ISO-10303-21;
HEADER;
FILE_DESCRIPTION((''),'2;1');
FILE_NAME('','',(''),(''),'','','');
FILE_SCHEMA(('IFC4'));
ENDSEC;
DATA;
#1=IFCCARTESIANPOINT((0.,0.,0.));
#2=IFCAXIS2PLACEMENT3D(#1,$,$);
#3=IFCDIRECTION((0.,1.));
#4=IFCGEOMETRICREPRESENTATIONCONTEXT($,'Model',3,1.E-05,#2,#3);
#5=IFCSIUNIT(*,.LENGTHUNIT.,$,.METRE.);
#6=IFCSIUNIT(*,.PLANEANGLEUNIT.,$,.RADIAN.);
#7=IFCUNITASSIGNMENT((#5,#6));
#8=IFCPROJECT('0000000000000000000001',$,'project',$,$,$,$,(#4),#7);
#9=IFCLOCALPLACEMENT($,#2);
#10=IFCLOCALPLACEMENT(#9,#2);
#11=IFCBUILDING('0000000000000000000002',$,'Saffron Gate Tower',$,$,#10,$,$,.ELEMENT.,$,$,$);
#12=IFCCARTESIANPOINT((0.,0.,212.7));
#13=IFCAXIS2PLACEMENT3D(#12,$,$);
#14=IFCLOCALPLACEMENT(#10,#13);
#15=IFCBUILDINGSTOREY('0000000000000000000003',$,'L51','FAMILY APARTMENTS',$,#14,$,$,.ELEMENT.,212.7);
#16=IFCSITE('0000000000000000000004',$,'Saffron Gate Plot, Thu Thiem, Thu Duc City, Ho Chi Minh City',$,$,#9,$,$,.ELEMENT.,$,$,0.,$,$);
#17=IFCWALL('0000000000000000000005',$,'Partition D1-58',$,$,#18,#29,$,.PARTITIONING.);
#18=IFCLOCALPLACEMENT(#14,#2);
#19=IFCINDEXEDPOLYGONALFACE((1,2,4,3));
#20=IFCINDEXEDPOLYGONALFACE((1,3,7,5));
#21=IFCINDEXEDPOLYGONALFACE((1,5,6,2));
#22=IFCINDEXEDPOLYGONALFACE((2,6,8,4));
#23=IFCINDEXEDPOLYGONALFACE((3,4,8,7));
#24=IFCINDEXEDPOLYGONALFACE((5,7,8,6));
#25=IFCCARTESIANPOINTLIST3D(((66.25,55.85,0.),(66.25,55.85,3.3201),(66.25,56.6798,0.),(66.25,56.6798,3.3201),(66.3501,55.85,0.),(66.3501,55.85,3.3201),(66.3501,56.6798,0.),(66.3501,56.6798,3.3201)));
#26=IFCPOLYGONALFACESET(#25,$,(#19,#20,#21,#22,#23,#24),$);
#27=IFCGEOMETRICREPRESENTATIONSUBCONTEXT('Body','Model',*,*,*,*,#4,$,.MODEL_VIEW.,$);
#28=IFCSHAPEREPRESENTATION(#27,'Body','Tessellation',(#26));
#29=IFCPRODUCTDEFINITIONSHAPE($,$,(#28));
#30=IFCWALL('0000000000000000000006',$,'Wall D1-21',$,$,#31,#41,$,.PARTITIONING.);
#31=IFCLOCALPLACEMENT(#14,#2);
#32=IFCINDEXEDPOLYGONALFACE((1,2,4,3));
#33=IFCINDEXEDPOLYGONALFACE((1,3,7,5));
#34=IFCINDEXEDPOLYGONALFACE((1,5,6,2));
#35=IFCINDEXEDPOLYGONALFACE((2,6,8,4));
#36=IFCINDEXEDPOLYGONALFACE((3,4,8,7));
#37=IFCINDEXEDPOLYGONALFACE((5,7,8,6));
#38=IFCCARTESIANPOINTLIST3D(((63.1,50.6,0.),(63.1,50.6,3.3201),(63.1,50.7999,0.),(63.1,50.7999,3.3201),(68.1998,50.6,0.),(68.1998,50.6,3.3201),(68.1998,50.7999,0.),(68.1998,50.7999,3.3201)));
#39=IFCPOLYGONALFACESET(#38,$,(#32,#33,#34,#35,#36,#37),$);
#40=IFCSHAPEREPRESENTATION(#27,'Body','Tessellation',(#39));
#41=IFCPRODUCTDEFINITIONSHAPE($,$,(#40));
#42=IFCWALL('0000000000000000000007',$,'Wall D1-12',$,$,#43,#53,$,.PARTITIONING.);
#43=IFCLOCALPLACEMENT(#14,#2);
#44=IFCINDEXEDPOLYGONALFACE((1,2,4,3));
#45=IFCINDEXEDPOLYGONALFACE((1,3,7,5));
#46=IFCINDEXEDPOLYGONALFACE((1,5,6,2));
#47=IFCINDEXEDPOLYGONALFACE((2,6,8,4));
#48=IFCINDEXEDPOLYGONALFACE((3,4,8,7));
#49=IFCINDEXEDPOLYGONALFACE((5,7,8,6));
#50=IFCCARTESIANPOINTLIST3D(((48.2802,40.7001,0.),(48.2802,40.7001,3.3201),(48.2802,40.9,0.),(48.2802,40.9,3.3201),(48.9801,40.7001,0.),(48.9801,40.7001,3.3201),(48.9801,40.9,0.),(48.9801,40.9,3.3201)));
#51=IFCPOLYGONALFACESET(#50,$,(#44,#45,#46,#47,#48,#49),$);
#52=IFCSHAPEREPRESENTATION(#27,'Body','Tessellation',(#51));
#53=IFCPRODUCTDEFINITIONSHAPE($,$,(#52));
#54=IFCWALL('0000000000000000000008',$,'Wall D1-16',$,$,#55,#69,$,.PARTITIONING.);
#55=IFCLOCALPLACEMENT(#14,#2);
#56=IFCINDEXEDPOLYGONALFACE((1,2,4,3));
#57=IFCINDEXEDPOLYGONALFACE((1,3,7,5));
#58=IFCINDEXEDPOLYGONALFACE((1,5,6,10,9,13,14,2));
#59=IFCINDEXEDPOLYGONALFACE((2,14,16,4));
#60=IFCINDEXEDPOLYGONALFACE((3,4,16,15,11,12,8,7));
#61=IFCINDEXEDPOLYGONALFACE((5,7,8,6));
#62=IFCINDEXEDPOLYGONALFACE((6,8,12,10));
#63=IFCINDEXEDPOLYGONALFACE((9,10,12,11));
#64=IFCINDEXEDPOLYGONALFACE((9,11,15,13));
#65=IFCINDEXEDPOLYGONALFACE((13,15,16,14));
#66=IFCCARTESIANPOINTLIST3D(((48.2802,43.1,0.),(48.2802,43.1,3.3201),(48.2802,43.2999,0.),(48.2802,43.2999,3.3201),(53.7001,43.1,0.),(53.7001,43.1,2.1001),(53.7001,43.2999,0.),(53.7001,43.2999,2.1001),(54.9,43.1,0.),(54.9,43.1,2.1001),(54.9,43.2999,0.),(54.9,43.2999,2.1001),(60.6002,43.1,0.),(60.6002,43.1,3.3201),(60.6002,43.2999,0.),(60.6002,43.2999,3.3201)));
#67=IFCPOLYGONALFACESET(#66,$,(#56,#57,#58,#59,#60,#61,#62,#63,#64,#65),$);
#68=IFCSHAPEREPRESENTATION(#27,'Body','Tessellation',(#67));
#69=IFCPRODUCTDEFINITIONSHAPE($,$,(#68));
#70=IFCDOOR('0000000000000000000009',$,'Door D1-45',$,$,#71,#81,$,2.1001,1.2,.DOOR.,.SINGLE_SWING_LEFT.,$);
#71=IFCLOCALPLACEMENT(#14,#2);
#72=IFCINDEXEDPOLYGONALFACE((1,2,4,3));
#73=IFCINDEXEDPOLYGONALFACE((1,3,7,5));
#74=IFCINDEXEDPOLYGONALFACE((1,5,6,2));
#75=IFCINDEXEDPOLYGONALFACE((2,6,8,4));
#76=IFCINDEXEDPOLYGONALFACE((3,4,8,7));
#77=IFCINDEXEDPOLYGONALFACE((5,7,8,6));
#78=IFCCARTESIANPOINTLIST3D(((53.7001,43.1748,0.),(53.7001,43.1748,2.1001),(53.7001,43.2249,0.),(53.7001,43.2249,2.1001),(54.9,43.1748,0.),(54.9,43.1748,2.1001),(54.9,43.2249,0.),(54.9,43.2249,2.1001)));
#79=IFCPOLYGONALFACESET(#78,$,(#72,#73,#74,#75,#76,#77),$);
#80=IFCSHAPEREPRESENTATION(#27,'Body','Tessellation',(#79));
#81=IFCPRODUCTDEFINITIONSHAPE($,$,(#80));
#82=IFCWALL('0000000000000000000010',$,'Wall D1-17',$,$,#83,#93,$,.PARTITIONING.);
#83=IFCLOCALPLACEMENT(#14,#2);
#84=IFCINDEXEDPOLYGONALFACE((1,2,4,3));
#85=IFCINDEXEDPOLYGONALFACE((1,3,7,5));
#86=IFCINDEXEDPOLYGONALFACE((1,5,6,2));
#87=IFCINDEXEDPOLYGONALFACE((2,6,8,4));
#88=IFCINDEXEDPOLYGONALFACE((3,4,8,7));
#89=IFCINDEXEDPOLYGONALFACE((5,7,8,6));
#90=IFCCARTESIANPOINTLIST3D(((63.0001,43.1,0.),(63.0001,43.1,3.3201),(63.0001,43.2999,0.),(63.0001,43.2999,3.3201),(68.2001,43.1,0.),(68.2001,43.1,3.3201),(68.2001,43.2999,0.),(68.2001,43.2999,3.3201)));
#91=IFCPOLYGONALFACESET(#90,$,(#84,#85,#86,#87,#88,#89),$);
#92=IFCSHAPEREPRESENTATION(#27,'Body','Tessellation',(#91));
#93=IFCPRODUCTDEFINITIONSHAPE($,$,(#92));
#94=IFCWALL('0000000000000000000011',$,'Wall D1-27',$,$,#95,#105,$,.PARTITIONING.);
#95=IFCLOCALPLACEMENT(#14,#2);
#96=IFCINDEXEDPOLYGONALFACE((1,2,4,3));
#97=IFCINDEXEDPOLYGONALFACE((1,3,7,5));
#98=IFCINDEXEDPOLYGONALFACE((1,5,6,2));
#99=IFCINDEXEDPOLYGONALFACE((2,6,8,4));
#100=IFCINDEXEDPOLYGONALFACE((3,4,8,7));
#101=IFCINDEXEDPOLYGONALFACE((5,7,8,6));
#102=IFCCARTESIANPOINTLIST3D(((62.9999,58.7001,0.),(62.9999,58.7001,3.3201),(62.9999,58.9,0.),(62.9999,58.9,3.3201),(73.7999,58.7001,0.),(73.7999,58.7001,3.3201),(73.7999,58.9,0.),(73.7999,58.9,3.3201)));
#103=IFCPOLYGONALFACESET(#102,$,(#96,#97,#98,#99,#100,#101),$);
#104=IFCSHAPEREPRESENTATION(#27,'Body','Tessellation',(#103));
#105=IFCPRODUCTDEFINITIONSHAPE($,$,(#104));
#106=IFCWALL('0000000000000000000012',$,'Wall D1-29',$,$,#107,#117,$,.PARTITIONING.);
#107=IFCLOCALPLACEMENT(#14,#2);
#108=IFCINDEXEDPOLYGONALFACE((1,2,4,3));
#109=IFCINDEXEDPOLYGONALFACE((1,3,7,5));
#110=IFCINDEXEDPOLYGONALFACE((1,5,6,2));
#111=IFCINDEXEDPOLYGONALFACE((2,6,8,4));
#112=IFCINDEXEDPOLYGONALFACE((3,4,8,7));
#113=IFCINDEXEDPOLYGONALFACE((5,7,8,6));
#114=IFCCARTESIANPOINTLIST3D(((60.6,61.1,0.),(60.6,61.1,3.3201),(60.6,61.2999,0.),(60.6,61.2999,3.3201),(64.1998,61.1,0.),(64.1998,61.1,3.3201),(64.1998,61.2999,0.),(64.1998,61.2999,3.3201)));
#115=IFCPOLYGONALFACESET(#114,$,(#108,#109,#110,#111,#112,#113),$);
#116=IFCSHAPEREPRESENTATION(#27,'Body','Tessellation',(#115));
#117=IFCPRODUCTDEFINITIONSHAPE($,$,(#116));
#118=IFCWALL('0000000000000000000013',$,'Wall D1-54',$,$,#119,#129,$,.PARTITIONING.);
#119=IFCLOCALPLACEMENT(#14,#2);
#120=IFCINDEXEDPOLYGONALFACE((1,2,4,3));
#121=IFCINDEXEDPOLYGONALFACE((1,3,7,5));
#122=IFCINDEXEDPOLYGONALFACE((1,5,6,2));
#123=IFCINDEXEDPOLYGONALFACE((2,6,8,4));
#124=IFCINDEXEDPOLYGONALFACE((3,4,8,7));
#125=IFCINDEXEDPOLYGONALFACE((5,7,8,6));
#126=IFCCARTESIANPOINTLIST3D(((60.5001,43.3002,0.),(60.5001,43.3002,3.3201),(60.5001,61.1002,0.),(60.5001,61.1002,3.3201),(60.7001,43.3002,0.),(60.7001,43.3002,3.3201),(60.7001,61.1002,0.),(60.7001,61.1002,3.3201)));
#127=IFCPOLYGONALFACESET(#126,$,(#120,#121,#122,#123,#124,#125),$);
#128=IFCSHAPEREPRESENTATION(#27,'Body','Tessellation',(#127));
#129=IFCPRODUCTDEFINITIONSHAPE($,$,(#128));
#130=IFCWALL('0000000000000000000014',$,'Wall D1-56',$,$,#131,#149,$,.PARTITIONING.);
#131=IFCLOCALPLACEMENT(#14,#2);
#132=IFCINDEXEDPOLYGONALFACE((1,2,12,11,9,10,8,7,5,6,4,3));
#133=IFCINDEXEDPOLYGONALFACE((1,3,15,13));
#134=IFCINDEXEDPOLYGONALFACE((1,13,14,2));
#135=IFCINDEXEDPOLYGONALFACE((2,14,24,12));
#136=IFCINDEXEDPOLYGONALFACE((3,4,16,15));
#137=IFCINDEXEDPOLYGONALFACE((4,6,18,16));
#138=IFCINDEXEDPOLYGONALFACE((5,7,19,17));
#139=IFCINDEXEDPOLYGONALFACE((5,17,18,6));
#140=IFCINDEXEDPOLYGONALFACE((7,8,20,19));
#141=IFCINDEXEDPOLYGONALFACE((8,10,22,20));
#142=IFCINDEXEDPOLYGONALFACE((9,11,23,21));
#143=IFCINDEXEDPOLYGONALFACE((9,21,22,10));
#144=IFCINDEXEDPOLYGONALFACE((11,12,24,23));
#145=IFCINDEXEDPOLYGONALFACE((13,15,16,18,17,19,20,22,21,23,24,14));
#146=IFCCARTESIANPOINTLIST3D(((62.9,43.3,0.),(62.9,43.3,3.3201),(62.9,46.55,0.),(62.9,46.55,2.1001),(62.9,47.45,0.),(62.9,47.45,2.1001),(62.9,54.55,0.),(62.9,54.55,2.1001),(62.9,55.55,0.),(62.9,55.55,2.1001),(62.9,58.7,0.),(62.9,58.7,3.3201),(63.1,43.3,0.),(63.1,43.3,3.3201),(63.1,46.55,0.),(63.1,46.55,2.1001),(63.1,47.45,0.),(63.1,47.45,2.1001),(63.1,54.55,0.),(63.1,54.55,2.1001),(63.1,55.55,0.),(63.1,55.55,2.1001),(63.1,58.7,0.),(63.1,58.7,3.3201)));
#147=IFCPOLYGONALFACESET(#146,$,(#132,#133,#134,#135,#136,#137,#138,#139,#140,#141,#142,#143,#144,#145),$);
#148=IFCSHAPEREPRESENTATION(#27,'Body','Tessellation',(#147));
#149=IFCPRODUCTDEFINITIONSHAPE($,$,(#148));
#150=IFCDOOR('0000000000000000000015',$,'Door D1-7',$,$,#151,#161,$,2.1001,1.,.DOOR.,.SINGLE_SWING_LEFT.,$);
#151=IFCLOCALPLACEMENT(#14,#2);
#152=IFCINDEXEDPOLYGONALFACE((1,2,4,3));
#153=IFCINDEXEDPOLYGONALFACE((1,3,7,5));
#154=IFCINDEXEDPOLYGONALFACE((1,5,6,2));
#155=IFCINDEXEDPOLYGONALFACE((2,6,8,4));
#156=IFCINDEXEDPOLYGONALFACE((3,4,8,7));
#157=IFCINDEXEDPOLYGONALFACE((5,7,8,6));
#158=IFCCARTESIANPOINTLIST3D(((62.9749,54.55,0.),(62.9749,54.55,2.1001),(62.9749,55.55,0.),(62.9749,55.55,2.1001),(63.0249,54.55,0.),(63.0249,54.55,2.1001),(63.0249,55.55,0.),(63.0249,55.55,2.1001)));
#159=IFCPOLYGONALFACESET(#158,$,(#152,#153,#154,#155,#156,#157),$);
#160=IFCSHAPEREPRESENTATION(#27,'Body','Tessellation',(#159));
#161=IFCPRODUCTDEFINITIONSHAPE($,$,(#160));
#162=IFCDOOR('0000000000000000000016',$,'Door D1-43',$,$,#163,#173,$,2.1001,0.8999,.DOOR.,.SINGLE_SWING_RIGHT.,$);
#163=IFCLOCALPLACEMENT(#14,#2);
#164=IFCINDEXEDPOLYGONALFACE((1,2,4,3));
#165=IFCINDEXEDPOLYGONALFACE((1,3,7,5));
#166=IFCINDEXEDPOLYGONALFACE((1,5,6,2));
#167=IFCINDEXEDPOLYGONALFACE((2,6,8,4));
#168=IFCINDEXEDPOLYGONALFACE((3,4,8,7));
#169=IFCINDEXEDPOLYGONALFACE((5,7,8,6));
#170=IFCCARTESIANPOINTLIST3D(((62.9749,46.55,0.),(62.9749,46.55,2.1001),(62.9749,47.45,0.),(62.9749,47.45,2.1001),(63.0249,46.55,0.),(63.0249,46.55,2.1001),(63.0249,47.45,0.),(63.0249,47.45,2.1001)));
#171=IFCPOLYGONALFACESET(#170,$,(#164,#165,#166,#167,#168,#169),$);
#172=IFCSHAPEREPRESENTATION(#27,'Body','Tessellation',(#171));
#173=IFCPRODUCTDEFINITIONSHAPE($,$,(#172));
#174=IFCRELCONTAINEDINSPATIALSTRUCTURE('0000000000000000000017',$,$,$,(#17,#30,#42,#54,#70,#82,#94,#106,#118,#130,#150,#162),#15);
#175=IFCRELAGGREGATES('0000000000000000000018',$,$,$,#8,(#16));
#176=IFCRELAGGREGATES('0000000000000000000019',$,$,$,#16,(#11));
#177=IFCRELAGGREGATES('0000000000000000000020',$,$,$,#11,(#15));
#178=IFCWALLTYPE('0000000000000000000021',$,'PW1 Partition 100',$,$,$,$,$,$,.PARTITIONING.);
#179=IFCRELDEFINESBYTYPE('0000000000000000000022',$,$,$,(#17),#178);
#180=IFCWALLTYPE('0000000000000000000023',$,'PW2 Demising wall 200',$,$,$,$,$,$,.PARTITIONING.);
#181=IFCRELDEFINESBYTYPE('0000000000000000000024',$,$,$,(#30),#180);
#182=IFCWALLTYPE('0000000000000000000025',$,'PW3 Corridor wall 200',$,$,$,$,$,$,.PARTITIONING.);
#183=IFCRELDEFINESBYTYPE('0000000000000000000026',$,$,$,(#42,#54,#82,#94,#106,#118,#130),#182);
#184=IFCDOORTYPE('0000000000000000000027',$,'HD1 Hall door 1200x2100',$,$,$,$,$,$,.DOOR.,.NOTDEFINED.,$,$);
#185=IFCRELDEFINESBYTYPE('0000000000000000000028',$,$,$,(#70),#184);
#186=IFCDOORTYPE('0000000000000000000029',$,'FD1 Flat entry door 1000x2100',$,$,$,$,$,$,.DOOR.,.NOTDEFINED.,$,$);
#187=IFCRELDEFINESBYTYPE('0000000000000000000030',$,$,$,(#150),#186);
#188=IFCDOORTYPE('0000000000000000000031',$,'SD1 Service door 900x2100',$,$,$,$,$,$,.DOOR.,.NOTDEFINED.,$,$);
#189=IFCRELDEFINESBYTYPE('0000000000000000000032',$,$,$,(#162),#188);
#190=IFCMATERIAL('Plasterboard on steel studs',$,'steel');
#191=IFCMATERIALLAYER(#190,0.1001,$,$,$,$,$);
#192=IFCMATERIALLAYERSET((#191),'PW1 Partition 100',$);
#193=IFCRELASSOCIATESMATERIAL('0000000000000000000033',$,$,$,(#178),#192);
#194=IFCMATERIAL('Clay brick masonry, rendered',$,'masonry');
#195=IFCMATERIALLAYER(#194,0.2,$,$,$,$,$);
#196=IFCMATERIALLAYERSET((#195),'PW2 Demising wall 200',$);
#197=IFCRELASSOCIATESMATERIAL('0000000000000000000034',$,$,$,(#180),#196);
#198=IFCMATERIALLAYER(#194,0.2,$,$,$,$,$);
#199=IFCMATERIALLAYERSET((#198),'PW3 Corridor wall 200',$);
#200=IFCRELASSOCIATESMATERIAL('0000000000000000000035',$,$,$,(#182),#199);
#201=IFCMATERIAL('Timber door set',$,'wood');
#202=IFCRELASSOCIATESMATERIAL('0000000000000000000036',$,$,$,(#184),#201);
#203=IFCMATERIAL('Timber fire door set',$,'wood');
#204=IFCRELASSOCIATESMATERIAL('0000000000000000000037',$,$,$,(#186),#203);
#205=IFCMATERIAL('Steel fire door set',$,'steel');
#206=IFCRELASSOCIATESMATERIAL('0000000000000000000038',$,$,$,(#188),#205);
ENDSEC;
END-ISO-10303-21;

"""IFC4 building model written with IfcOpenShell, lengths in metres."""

from ifc_helpers import new_model, si_unit, direction, frame, frame_2d, origin, place, context, subcontext, project, spatial, rectangle, extrude, material, layer, layer_set, type_object, element, fill, save


model = new_model("IFC4")

# Units and contexts
model_context = context("Model", 3, precision=1e-05, world=origin(), true_north=direction((0.0, 1.0)))
body_context = subcontext(model_context, "Body", "Model", "MODEL_VIEW")
ifc_project = project(units=[si_unit("LENGTHUNIT", "METRE"), si_unit("PLANEANGLEUNIT", "RADIAN")], contexts=[model_context])

# Site, building, storey
site_placement = place(None, origin())
site = spatial("IfcSite", under=ifc_project, at=site_placement, Name="Saffron Gate Plot, Thu Thiem, Thu Duc City, Ho Chi Minh City", CompositionType="ELEMENT", RefElevation=0.0)
building_placement = place(site_placement, origin())
building = spatial("IfcBuilding", under=site, at=building_placement, Name="Saffron Gate Tower", CompositionType="ELEMENT")
storey_placement = place(building_placement, frame((0.0, 0.0, 212.7)))
storey = spatial("IfcBuildingStorey", under=building, at=storey_placement, Name="L51", Description="FAMILY APARTMENTS", CompositionType="ELEMENT", Elevation=212.7)

# Shared definitions
ifc_material_1 = material(Name="Plasterboard on steel studs", Category="steel")
ifc_layer_1 = layer(ifc_material_1, 0.1001)
ifc_layer_set_1 = layer_set([ifc_layer_1], Name="PW1 Partition 100")
wall_type_1 = type_object("IfcWallType", Name="PW1 Partition 100", PredefinedType="PARTITIONING", material=ifc_layer_set_1)
ifc_material_2 = material(Name="Timber door set", Category="wood")

# Walls
wall_1_placement = place(storey_placement, frame((66.3, 56.6799, 0.0), z_axis=(0.0, 0.0, 1.0), x_axis=(0.0, -1.0, 0.0)))
element("IfcWall", 1, at=wall_1_placement, inside=storey, type_object=wall_type_1, Name="Partition D1-58", PredefinedType="PARTITIONING", context=body_context, shape_type="SweptSolid", body=[
    extrude(rectangle(XDim=0.8298, YDim=0.1001, at=frame_2d((0.415, 0.0))), origin(), (0.0, 0.0, 1.0), 3.3201),
])
ifc_material_3 = material(Name="Clay brick masonry, rendered", Category="masonry")
ifc_layer_2 = layer(ifc_material_3, 0.2)
ifc_layer_set_2 = layer_set([ifc_layer_2], Name="PW2 Demising wall 200")
wall_type_2 = type_object("IfcWallType", Name="PW2 Demising wall 200", PredefinedType="PARTITIONING", material=ifc_layer_set_2)
wall_2_placement = place(storey_placement, frame((63.1001, 50.7, 0.0), z_axis=(0.0, 0.0, 1.0), x_axis=(1.0, 0.0, 0.0)))
element("IfcWall", 2, at=wall_2_placement, inside=storey, type_object=wall_type_2, Name="Wall D1-21", PredefinedType="PARTITIONING", context=body_context, shape_type="SweptSolid", body=[
    extrude(rectangle(XDim=5.0999, YDim=0.2, at=frame_2d((2.5498, 0.0))), origin(), (0.0, 0.0, 1.0), 3.3201),
])
ifc_layer_3 = layer(ifc_material_3, 0.2)
ifc_layer_set_3 = layer_set([ifc_layer_3], Name="PW3 Corridor wall 200")
wall_type_3 = type_object("IfcWallType", Name="PW3 Corridor wall 200", PredefinedType="PARTITIONING", material=ifc_layer_set_3)
wall_3_placement = place(storey_placement, frame((48.28, 40.8, 0.0), z_axis=(0.0, 0.0, 1.0), x_axis=(1.0, 0.0, 0.0)))
element("IfcWall", 3, at=wall_3_placement, inside=storey, type_object=wall_type_3, Name="Wall D1-12", PredefinedType="PARTITIONING", context=body_context, shape_type="SweptSolid", body=[
    extrude(rectangle(XDim=0.7, YDim=0.2, at=frame_2d((0.3501, 0.0))), origin(), (0.0, 0.0, 1.0), 3.3201),
])

# Wall, opening, door
wall_4_placement = place(storey_placement, frame((48.28, 43.2, 0.0), z_axis=(0.0, 0.0, 1.0), x_axis=(1.0, 0.0, 0.0)))
wall_4 = element("IfcWall", 4, at=wall_4_placement, inside=storey, type_object=wall_type_3, Name="Wall D1-16", PredefinedType="PARTITIONING", context=body_context, shape_type="SweptSolid", body=[
    extrude(rectangle(XDim=12.3201, YDim=0.2, at=frame_2d((6.1602, 0.0))), origin(), (0.0, 0.0, 1.0), 3.3201),
])
opening_1_placement = place(wall_4_placement, frame((5.4199, 0.0, 0.0)))
opening_1 = element("IfcOpeningElement", 5, at=opening_1_placement, cuts=wall_4, PredefinedType="OPENING", context=body_context, shape_type="SweptSolid", body=[
    extrude(rectangle(XDim=1.2, YDim=2.1001, at=frame_2d((0.6001, 1.05))), frame((0.0, 0.1099, 0.0), z_axis=(0.0, -1.0, 0.0), x_axis=(1.0, 0.0, 0.0)), (0.0, 0.0, 1.0), 0.22),
])
door_type_1 = type_object("IfcDoorType", Name="HD1 Hall door 1200x2100", OperationType="NOTDEFINED", PredefinedType="DOOR", material=ifc_material_2)
door_1_placement = place(opening_1_placement, origin())
door_1 = element("IfcDoor", 6, at=door_1_placement, inside=storey, type_object=door_type_1, Name="Door D1-45", OperationType="SINGLE_SWING_LEFT", OverallHeight=2.1001, OverallWidth=1.2, PredefinedType="DOOR", context=body_context, shape_type="SweptSolid", body=[
    extrude(rectangle(XDim=1.2, YDim=2.1001, at=frame_2d((0.6001, 1.05))), frame((0.0, 0.0249, 0.0), z_axis=(0.0, -1.0, 0.0), x_axis=(1.0, 0.0, 0.0)), (0.0, 0.0, 1.0), 0.05),
])
fill(opening_1, door_1)

# Walls
wall_5_placement = place(storey_placement, frame((63.0, 43.2, 0.0), z_axis=(0.0, 0.0, 1.0), x_axis=(1.0, 0.0, 0.0)))
element("IfcWall", 7, at=wall_5_placement, inside=storey, type_object=wall_type_3, Name="Wall D1-17", PredefinedType="PARTITIONING", context=body_context, shape_type="SweptSolid", body=[
    extrude(rectangle(XDim=5.2, YDim=0.2, at=frame_2d((2.6001, 0.0))), origin(), (0.0, 0.0, 1.0), 3.3201),
])
wall_6_placement = place(storey_placement, frame((63.0, 58.8, 0.0), z_axis=(0.0, 0.0, 1.0), x_axis=(1.0, 0.0, 0.0)))
element("IfcWall", 8, at=wall_6_placement, inside=storey, type_object=wall_type_3, Name="Wall D1-27", PredefinedType="PARTITIONING", context=body_context, shape_type="SweptSolid", body=[
    extrude(rectangle(XDim=10.8, YDim=0.2, at=frame_2d((5.3999, 0.0))), origin(), (0.0, 0.0, 1.0), 3.3201),
])
wall_7_placement = place(storey_placement, frame((60.6001, 61.2, 0.0), z_axis=(0.0, 0.0, 1.0), x_axis=(1.0, 0.0, 0.0)))
element("IfcWall", 9, at=wall_7_placement, inside=storey, type_object=wall_type_3, Name="Wall D1-29", PredefinedType="PARTITIONING", context=body_context, shape_type="SweptSolid", body=[
    extrude(rectangle(XDim=3.5999, YDim=0.2, at=frame_2d((1.7998, 0.0))), origin(), (0.0, 0.0, 1.0), 3.3201),
])
wall_8_placement = place(storey_placement, frame((60.6001, 61.1001, 0.0), z_axis=(0.0, 0.0, 1.0), x_axis=(0.0, -1.0, 0.0)))
element("IfcWall", 10, at=wall_8_placement, inside=storey, type_object=wall_type_3, Name="Wall D1-54", PredefinedType="PARTITIONING", context=body_context, shape_type="SweptSolid", body=[
    extrude(rectangle(XDim=17.8, YDim=0.2, at=frame_2d((8.8999, 0.0))), origin(), (0.0, 0.0, 1.0), 3.3201),
])

# Wall, openings, doors
wall_9_placement = place(storey_placement, frame((63.0, 58.7, 0.0), z_axis=(0.0, 0.0, 1.0), x_axis=(0.0, -1.0, 0.0)))
wall_9 = element("IfcWall", 11, at=wall_9_placement, inside=storey, type_object=wall_type_3, Name="Wall D1-56", PredefinedType="PARTITIONING", context=body_context, shape_type="SweptSolid", body=[
    extrude(rectangle(XDim=15.3999, YDim=0.2, at=frame_2d((7.7, 0.0))), origin(), (0.0, 0.0, 1.0), 3.3201),
])
opening_2_placement = place(wall_9_placement, frame((3.1499, 0.0, 0.0)))
opening_2 = element("IfcOpeningElement", 12, at=opening_2_placement, cuts=wall_9, PredefinedType="OPENING", context=body_context, shape_type="SweptSolid", body=[
    extrude(rectangle(XDim=1.0, YDim=2.1001, at=frame_2d((0.5, 1.05))), frame((0.0, 0.1099, 0.0), z_axis=(0.0, -1.0, 0.0), x_axis=(1.0, 0.0, 0.0)), (0.0, 0.0, 1.0), 0.22),
])
opening_3_placement = place(wall_9_placement, frame((11.25, 0.0, 0.0)))
opening_3 = element("IfcOpeningElement", 13, at=opening_3_placement, cuts=wall_9, PredefinedType="OPENING", context=body_context, shape_type="SweptSolid", body=[
    extrude(rectangle(XDim=0.8999, YDim=2.1001, at=frame_2d((0.45, 1.05))), frame((0.0, 0.1099, 0.0), z_axis=(0.0, -1.0, 0.0), x_axis=(1.0, 0.0, 0.0)), (0.0, 0.0, 1.0), 0.22),
])
ifc_material_4 = material(Name="Timber fire door set", Category="wood")
door_type_2 = type_object("IfcDoorType", Name="FD1 Flat entry door 1000x2100", OperationType="NOTDEFINED", PredefinedType="DOOR", material=ifc_material_4)
door_2_placement = place(opening_2_placement, origin())
door_2 = element("IfcDoor", 14, at=door_2_placement, inside=storey, type_object=door_type_2, Name="Door D1-7", OperationType="SINGLE_SWING_LEFT", OverallHeight=2.1001, OverallWidth=1.0, PredefinedType="DOOR", context=body_context, shape_type="SweptSolid", body=[
    extrude(rectangle(XDim=1.0, YDim=2.1001, at=frame_2d((0.5, 1.05))), frame((0.0, 0.0249, 0.0), z_axis=(0.0, -1.0, 0.0), x_axis=(1.0, 0.0, 0.0)), (0.0, 0.0, 1.0), 0.05),
])
fill(opening_2, door_2)
ifc_material_5 = material(Name="Steel fire door set", Category="steel")
door_type_3 = type_object("IfcDoorType", Name="SD1 Service door 900x2100", OperationType="NOTDEFINED", PredefinedType="DOOR", material=ifc_material_5)
door_3_placement = place(opening_3_placement, origin())
door_3 = element("IfcDoor", 15, at=door_3_placement, inside=storey, type_object=door_type_3, Name="Door D1-43", OperationType="SINGLE_SWING_RIGHT", OverallHeight=2.1001, OverallWidth=0.8999, PredefinedType="DOOR", context=body_context, shape_type="SweptSolid", body=[
    extrude(rectangle(XDim=0.8999, YDim=2.1001, at=frame_2d((0.45, 1.05))), frame((0.0, 0.0249, 0.0), z_axis=(0.0, -1.0, 0.0), x_axis=(1.0, 0.0, 0.0)), (0.0, 0.0, 1.0), 0.05),
])
fill(opening_3, door_3)

save(model, "model.ifc")
